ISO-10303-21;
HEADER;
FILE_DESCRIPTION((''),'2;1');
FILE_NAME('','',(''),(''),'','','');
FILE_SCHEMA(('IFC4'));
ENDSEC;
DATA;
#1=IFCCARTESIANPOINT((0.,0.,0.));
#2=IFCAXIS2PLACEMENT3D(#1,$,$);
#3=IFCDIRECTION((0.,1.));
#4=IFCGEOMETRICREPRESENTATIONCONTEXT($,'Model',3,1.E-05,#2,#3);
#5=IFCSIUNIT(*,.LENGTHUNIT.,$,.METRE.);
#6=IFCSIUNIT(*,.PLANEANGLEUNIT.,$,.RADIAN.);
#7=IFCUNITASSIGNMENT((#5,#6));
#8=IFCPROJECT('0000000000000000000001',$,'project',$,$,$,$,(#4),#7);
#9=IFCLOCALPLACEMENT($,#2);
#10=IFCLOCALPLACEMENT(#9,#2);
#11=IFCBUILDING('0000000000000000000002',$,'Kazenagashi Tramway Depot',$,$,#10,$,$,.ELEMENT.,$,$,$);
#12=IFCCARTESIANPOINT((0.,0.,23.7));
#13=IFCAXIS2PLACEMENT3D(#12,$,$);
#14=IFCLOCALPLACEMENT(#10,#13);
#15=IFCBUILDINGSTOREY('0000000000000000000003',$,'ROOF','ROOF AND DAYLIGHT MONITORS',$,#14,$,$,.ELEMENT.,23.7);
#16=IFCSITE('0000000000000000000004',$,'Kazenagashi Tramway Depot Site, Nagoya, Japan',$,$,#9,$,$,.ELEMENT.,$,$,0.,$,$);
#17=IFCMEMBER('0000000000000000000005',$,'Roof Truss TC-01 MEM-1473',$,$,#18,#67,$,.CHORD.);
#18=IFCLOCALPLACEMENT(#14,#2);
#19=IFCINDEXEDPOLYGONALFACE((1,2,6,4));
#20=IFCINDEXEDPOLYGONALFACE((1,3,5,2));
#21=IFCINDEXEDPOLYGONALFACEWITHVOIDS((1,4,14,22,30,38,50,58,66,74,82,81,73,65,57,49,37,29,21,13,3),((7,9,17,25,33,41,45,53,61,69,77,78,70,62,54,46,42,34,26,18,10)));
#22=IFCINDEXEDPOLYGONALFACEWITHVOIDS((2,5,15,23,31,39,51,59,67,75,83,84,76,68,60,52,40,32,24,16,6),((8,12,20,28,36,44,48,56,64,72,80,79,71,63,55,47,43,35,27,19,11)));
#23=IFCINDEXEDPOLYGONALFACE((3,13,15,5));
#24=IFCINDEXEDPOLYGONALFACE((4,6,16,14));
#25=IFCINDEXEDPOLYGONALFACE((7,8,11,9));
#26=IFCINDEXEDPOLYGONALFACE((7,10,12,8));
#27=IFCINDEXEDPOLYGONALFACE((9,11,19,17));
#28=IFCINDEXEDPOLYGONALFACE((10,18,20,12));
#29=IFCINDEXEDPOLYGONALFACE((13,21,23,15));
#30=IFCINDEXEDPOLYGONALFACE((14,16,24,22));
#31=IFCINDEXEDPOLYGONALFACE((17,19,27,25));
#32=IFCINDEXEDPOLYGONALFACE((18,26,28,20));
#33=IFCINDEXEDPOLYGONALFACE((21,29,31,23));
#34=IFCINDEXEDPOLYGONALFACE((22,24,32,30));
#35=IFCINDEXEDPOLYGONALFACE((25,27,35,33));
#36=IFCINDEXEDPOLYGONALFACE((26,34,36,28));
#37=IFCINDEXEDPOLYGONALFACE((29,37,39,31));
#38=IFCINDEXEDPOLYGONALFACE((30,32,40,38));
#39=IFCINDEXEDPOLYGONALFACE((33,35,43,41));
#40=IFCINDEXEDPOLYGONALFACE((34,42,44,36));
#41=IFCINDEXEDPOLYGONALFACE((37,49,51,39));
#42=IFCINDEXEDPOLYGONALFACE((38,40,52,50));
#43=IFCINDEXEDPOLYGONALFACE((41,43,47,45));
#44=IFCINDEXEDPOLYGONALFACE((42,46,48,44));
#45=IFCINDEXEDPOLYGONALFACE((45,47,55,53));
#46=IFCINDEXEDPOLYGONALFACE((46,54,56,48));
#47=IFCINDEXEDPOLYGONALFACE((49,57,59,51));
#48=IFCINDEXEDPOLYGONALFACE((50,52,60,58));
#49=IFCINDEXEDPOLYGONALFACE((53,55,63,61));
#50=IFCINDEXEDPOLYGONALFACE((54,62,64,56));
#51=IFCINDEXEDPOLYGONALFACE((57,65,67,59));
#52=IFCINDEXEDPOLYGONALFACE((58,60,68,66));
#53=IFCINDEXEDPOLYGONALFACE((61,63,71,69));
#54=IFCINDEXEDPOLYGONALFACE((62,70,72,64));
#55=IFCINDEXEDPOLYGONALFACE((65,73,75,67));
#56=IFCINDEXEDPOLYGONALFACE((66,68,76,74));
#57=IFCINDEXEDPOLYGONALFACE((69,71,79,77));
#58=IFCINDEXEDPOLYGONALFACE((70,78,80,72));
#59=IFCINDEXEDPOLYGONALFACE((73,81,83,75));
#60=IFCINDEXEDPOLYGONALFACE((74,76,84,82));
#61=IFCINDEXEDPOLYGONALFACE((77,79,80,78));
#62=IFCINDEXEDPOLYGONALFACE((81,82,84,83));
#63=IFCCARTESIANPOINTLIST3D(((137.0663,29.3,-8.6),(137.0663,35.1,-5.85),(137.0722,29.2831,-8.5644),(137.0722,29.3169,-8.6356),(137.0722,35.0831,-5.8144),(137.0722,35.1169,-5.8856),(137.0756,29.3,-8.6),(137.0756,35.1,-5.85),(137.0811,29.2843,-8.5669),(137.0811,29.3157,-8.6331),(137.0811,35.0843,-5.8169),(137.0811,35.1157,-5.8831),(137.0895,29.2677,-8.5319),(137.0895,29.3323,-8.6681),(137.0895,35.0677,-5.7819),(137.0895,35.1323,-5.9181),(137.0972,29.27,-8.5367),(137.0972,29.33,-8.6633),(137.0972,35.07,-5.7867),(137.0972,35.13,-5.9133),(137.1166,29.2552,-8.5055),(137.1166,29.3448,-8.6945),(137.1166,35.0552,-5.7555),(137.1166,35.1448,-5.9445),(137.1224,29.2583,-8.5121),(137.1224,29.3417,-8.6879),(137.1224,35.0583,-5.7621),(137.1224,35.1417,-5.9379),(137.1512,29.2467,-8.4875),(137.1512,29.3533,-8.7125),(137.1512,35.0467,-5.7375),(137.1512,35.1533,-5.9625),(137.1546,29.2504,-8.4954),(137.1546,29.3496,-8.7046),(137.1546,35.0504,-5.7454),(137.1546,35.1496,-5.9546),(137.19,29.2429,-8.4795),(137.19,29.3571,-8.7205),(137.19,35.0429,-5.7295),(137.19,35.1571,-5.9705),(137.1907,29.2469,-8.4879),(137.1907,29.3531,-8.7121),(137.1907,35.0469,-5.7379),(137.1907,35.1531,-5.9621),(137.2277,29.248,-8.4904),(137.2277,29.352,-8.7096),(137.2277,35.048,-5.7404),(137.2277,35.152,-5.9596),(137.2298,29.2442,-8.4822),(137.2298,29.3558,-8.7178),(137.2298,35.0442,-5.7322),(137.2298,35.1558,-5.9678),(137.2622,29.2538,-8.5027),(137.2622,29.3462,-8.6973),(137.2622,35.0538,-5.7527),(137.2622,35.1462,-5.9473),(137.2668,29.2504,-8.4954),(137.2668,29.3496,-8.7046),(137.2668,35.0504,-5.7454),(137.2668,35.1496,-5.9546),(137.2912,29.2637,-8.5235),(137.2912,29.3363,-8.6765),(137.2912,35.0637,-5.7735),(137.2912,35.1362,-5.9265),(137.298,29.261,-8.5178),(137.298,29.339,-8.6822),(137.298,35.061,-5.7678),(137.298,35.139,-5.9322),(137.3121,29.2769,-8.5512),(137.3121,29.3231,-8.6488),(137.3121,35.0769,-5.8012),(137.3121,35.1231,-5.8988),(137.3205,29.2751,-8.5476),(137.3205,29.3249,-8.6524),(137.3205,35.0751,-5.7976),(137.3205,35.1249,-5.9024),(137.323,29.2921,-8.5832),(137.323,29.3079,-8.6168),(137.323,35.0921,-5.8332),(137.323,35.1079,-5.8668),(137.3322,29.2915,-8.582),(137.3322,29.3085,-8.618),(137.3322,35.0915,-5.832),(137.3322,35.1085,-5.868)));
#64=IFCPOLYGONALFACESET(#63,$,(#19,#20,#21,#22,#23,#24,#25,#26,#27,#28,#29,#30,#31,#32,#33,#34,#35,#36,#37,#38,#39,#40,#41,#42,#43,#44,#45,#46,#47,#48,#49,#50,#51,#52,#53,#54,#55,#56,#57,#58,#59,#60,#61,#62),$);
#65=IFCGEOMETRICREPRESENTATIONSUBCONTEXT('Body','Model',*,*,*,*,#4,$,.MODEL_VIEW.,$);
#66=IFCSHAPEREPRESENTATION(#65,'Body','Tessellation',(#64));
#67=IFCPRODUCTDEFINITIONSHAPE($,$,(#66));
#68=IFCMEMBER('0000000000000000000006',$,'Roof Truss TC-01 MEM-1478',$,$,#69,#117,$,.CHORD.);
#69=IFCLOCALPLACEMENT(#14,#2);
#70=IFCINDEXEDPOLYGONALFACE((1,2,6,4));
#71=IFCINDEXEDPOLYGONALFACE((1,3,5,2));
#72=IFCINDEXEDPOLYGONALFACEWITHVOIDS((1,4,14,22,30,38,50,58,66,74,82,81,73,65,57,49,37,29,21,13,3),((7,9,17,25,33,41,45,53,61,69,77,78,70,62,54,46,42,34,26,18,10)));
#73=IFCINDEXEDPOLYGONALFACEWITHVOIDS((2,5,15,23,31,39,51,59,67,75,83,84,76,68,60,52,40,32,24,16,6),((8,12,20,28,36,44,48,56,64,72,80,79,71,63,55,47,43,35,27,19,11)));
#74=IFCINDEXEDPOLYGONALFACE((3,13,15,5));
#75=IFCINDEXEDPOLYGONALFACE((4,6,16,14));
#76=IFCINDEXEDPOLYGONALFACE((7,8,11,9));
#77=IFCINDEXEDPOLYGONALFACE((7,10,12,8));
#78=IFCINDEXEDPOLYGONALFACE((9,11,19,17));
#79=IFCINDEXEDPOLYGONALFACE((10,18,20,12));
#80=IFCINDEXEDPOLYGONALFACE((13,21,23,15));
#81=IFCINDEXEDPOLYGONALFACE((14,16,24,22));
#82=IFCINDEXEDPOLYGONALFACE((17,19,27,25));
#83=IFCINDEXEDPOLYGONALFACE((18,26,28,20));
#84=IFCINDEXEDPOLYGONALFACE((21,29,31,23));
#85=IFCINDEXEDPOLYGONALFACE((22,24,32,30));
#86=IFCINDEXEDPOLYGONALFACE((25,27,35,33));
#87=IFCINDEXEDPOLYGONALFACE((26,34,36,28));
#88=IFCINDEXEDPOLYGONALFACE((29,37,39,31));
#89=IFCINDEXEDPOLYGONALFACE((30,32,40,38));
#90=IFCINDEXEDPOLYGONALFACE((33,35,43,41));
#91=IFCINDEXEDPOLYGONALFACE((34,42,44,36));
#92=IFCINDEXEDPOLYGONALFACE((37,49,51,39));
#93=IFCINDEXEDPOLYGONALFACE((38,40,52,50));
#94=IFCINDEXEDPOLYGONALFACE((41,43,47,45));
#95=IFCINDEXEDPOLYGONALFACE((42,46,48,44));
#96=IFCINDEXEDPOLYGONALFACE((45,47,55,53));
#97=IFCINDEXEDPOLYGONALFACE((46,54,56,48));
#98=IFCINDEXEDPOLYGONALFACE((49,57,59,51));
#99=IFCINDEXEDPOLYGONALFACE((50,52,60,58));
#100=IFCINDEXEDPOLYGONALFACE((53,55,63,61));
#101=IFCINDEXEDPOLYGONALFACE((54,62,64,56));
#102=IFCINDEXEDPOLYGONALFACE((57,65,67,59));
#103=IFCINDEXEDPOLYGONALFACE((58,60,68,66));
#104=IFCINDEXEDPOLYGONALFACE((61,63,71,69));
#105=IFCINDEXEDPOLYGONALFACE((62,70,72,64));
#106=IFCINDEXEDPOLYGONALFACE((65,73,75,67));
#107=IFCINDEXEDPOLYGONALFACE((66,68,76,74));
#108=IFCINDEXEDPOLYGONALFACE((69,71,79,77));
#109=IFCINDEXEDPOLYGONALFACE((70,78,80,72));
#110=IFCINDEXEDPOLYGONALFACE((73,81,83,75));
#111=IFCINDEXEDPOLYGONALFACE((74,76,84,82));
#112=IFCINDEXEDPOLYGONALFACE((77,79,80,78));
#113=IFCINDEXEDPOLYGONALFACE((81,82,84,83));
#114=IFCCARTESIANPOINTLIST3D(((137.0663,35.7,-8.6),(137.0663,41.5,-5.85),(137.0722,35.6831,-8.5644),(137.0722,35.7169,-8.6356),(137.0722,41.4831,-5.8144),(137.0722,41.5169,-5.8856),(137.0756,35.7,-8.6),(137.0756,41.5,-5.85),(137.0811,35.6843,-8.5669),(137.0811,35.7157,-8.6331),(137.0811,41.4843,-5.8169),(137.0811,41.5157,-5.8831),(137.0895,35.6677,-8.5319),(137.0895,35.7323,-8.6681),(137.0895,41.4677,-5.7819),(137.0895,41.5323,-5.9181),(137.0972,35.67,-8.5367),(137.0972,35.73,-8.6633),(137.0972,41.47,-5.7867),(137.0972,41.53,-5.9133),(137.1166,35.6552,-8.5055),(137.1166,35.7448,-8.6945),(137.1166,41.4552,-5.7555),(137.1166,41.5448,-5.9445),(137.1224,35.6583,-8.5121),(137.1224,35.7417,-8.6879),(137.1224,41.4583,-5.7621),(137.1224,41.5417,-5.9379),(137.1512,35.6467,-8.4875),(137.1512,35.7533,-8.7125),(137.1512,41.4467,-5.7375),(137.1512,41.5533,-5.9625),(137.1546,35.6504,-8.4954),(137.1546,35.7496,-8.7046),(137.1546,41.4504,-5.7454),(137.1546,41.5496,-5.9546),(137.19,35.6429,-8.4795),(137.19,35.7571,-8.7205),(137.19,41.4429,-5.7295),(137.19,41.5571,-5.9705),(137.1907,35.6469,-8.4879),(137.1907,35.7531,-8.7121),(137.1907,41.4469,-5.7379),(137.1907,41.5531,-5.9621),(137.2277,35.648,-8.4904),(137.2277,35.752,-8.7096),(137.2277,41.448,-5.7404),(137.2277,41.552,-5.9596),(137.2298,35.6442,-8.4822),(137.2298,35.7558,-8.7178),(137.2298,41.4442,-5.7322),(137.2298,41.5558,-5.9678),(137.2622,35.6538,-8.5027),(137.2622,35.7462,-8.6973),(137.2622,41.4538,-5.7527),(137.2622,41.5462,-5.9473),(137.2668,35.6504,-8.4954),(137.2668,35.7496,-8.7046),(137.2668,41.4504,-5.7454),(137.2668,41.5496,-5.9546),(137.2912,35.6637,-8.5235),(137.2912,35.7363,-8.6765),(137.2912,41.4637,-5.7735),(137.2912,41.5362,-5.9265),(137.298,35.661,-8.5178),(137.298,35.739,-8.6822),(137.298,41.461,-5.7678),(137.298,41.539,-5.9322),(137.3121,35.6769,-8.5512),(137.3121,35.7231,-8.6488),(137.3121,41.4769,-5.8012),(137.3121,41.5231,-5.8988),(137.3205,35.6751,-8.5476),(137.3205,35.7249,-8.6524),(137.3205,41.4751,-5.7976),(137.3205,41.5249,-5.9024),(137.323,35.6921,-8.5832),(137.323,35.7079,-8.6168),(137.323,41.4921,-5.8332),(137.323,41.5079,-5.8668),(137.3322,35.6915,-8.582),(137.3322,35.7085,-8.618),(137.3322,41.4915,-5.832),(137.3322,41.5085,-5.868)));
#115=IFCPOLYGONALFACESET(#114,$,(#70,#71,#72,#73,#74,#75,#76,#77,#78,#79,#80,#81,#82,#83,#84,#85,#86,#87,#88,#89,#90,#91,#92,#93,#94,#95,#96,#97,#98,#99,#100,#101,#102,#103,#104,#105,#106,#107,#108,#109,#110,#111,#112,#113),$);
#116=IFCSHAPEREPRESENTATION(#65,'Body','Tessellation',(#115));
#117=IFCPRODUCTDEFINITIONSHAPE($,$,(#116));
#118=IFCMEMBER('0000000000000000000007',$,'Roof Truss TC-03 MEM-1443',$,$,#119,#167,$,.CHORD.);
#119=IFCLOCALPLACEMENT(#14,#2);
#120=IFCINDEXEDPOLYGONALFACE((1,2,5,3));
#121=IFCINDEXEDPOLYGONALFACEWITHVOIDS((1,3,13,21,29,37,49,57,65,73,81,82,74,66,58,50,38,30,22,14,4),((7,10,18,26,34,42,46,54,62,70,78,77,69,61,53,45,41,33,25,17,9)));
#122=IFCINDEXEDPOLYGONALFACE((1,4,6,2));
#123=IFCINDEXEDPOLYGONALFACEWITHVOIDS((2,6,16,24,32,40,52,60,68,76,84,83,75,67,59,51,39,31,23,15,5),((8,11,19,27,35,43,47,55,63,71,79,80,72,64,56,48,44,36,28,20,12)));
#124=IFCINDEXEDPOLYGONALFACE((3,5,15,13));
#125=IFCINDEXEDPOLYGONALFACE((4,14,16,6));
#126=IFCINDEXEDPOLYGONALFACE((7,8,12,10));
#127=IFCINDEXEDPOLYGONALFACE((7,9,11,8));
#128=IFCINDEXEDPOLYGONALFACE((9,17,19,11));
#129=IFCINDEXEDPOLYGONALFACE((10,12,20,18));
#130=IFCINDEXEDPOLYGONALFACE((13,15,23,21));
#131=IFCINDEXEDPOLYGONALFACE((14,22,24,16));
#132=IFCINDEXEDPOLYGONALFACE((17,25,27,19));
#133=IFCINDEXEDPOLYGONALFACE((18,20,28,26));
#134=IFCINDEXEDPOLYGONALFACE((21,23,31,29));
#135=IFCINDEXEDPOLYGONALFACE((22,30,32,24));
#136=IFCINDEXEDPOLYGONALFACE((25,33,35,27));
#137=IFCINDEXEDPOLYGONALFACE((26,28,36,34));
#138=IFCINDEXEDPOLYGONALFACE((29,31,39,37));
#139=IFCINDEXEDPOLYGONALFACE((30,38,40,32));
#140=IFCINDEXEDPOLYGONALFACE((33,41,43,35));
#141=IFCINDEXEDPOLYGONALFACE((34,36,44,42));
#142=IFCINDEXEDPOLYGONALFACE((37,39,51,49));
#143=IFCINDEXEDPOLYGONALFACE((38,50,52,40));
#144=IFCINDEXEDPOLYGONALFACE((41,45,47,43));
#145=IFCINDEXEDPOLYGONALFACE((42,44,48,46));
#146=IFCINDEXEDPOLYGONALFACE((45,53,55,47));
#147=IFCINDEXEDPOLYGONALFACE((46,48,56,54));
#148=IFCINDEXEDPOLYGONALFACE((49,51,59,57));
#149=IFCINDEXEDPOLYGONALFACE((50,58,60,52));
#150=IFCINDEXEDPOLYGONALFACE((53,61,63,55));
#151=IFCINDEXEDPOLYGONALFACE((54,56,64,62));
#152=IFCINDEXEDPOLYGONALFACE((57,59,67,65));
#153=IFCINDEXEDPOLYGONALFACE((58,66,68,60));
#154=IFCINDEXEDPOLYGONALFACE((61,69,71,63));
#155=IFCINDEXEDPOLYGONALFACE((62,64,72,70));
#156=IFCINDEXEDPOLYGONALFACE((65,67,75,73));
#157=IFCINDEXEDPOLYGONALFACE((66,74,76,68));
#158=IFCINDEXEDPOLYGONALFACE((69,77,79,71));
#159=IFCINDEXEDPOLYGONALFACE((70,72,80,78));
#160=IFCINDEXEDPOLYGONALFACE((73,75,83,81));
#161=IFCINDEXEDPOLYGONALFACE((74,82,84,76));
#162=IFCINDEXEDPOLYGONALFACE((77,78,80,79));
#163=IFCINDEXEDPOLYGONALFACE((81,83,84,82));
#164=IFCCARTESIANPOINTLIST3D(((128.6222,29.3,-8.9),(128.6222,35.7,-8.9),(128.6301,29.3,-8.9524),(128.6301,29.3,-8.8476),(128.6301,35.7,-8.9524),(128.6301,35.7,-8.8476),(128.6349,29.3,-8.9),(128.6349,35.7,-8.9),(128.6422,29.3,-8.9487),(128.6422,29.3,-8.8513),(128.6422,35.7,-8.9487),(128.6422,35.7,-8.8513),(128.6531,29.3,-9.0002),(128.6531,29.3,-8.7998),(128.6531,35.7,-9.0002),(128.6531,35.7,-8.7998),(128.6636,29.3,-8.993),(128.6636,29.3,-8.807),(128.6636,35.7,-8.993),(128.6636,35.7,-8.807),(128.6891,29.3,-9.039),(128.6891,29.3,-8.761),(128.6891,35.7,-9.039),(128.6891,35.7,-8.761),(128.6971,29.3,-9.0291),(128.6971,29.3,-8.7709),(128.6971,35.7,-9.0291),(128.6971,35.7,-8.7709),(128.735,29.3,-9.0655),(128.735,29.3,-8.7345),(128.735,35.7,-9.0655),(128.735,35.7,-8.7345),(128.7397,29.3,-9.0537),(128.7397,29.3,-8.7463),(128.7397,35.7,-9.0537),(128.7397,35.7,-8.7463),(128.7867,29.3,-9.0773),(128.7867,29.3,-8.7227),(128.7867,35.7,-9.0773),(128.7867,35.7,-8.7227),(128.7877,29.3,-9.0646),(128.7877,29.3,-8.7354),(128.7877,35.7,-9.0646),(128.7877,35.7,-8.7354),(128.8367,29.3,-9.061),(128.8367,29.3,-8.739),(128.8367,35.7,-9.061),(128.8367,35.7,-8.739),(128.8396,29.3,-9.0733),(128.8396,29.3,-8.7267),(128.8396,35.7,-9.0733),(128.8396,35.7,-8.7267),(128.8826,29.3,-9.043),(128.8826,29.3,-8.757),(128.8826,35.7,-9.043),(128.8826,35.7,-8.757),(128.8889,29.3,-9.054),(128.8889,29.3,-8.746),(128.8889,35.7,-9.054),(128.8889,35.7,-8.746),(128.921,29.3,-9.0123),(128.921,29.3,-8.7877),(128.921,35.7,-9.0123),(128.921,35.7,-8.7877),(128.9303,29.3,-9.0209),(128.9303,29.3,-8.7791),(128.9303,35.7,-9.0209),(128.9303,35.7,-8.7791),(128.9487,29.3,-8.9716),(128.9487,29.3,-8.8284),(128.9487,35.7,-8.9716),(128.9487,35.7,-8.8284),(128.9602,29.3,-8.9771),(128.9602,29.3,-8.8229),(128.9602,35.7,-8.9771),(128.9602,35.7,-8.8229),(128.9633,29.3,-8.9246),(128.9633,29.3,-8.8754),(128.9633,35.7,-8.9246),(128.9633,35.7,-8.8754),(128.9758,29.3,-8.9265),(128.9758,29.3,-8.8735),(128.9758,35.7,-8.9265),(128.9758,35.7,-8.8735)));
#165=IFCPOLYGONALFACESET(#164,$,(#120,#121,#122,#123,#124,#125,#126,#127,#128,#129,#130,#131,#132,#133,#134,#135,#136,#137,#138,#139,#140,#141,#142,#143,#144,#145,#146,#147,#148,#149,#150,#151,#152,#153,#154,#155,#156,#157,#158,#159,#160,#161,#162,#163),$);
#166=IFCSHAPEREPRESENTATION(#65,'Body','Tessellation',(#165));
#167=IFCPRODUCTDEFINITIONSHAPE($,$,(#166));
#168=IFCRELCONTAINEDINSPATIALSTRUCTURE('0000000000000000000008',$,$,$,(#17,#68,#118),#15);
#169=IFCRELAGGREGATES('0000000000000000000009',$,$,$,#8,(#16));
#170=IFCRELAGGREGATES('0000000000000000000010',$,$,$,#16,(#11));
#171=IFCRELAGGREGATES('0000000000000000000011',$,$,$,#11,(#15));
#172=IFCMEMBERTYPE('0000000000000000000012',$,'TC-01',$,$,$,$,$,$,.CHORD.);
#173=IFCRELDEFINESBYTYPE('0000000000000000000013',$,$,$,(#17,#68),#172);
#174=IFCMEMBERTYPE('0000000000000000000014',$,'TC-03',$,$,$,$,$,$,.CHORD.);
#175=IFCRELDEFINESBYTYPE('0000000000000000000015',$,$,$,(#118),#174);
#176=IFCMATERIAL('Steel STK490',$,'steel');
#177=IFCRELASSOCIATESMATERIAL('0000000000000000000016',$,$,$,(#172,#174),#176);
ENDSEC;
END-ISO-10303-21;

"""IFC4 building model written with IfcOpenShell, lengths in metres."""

from ifc_helpers import new_model, si_unit, direction, frame, origin, origin_2d, place, context, subcontext, project, spatial, hollow_circle, extrude, material, material_profile, profile_set, type_object, element, save


model = new_model("IFC4")

# Units and contexts
model_context = context("Model", 3, precision=1e-05, world=origin(), true_north=direction((0.0, 1.0)))
body_context = subcontext(model_context, "Body", "Model", "MODEL_VIEW")
ifc_project = project(units=[si_unit("LENGTHUNIT", "METRE"), si_unit("PLANEANGLEUNIT", "RADIAN")], contexts=[model_context])

# Site, building, storey
site_placement = place(None, origin())
site = spatial("IfcSite", under=ifc_project, at=site_placement, Name="Kazenagashi Tramway Depot Site, Nagoya, Japan", CompositionType="ELEMENT", RefElevation=0.0)
building_placement = place(site_placement, origin())
building = spatial("IfcBuilding", under=site, at=building_placement, Name="Kazenagashi Tramway Depot", CompositionType="ELEMENT")
storey_placement = place(building_placement, frame((0.0, 0.0, 23.7)))
storey = spatial("IfcBuildingStorey", under=building, at=storey_placement, Name="ROOF", Description="ROOF AND DAYLIGHT MONITORS", CompositionType="ELEMENT", Elevation=23.7)

# Members
ifc_material_1 = material(Name="Steel STK490", Category="steel")
ifc_material_profile_1 = material_profile(ifc_material_1, hollow_circle(Radius=0.1337, WallThickness=0.0093, at=origin_2d()), Name="CHS-267.4x9.3")
ifc_profile_set_1 = profile_set([ifc_material_profile_1], Name="Steel STK490")
member_type_1 = type_object("IfcMemberType", Name="TC-01", PredefinedType="CHORD", material=ifc_profile_set_1)
for number, where, z_axis, x_axis, name in (
    (1, (137.2, 29.3, -8.6), (0.0, 0.903579, 0.428421), (-1.0, 0.0, 0.0), "Roof Truss TC-01 MEM-1473"),
    (2, (137.2, 35.7, -8.6), (0.0, 0.903579, 0.428421), (-1.0, 0.0, 0.0), "Roof Truss TC-01 MEM-1478"),
):
    element("IfcMember", number, at=place(storey_placement, frame(where, z_axis=z_axis, x_axis=x_axis)), inside=storey, type_object=member_type_1, Name=name, PredefinedType="CHORD", context=body_context, shape_type="SweptSolid", body=[
        extrude(hollow_circle(Radius=0.1337, WallThickness=0.0093, at=origin_2d()), origin(), (0.0, 0.0, 1.0), 6.4189),
    ])
ifc_material_profile_2 = material_profile(ifc_material_1, hollow_circle(Radius=0.1778, WallThickness=0.0127, at=origin_2d()), Name="CHS-355.6x12.7")
ifc_profile_set_2 = profile_set([ifc_material_profile_2], Name="Steel STK490")
member_type_2 = type_object("IfcMemberType", Name="TC-03", PredefinedType="CHORD", material=ifc_profile_set_2)
for number, where, z_axis, x_axis, name in (
    (3, (128.8, 29.3, -8.9), (0.0, 1.0, 0.0), (-1.0, 0.0, 0.0), "Roof Truss TC-03 MEM-1443"),
):
    element("IfcMember", number, at=place(storey_placement, frame(where, z_axis=z_axis, x_axis=x_axis)), inside=storey, type_object=member_type_2, Name=name, PredefinedType="CHORD", context=body_context, shape_type="SweptSolid", body=[
        extrude(hollow_circle(Radius=0.1778, WallThickness=0.0127, at=origin_2d()), origin(), (0.0, 0.0, 1.0), 6.4),
    ])

save(model, "model.ifc")
